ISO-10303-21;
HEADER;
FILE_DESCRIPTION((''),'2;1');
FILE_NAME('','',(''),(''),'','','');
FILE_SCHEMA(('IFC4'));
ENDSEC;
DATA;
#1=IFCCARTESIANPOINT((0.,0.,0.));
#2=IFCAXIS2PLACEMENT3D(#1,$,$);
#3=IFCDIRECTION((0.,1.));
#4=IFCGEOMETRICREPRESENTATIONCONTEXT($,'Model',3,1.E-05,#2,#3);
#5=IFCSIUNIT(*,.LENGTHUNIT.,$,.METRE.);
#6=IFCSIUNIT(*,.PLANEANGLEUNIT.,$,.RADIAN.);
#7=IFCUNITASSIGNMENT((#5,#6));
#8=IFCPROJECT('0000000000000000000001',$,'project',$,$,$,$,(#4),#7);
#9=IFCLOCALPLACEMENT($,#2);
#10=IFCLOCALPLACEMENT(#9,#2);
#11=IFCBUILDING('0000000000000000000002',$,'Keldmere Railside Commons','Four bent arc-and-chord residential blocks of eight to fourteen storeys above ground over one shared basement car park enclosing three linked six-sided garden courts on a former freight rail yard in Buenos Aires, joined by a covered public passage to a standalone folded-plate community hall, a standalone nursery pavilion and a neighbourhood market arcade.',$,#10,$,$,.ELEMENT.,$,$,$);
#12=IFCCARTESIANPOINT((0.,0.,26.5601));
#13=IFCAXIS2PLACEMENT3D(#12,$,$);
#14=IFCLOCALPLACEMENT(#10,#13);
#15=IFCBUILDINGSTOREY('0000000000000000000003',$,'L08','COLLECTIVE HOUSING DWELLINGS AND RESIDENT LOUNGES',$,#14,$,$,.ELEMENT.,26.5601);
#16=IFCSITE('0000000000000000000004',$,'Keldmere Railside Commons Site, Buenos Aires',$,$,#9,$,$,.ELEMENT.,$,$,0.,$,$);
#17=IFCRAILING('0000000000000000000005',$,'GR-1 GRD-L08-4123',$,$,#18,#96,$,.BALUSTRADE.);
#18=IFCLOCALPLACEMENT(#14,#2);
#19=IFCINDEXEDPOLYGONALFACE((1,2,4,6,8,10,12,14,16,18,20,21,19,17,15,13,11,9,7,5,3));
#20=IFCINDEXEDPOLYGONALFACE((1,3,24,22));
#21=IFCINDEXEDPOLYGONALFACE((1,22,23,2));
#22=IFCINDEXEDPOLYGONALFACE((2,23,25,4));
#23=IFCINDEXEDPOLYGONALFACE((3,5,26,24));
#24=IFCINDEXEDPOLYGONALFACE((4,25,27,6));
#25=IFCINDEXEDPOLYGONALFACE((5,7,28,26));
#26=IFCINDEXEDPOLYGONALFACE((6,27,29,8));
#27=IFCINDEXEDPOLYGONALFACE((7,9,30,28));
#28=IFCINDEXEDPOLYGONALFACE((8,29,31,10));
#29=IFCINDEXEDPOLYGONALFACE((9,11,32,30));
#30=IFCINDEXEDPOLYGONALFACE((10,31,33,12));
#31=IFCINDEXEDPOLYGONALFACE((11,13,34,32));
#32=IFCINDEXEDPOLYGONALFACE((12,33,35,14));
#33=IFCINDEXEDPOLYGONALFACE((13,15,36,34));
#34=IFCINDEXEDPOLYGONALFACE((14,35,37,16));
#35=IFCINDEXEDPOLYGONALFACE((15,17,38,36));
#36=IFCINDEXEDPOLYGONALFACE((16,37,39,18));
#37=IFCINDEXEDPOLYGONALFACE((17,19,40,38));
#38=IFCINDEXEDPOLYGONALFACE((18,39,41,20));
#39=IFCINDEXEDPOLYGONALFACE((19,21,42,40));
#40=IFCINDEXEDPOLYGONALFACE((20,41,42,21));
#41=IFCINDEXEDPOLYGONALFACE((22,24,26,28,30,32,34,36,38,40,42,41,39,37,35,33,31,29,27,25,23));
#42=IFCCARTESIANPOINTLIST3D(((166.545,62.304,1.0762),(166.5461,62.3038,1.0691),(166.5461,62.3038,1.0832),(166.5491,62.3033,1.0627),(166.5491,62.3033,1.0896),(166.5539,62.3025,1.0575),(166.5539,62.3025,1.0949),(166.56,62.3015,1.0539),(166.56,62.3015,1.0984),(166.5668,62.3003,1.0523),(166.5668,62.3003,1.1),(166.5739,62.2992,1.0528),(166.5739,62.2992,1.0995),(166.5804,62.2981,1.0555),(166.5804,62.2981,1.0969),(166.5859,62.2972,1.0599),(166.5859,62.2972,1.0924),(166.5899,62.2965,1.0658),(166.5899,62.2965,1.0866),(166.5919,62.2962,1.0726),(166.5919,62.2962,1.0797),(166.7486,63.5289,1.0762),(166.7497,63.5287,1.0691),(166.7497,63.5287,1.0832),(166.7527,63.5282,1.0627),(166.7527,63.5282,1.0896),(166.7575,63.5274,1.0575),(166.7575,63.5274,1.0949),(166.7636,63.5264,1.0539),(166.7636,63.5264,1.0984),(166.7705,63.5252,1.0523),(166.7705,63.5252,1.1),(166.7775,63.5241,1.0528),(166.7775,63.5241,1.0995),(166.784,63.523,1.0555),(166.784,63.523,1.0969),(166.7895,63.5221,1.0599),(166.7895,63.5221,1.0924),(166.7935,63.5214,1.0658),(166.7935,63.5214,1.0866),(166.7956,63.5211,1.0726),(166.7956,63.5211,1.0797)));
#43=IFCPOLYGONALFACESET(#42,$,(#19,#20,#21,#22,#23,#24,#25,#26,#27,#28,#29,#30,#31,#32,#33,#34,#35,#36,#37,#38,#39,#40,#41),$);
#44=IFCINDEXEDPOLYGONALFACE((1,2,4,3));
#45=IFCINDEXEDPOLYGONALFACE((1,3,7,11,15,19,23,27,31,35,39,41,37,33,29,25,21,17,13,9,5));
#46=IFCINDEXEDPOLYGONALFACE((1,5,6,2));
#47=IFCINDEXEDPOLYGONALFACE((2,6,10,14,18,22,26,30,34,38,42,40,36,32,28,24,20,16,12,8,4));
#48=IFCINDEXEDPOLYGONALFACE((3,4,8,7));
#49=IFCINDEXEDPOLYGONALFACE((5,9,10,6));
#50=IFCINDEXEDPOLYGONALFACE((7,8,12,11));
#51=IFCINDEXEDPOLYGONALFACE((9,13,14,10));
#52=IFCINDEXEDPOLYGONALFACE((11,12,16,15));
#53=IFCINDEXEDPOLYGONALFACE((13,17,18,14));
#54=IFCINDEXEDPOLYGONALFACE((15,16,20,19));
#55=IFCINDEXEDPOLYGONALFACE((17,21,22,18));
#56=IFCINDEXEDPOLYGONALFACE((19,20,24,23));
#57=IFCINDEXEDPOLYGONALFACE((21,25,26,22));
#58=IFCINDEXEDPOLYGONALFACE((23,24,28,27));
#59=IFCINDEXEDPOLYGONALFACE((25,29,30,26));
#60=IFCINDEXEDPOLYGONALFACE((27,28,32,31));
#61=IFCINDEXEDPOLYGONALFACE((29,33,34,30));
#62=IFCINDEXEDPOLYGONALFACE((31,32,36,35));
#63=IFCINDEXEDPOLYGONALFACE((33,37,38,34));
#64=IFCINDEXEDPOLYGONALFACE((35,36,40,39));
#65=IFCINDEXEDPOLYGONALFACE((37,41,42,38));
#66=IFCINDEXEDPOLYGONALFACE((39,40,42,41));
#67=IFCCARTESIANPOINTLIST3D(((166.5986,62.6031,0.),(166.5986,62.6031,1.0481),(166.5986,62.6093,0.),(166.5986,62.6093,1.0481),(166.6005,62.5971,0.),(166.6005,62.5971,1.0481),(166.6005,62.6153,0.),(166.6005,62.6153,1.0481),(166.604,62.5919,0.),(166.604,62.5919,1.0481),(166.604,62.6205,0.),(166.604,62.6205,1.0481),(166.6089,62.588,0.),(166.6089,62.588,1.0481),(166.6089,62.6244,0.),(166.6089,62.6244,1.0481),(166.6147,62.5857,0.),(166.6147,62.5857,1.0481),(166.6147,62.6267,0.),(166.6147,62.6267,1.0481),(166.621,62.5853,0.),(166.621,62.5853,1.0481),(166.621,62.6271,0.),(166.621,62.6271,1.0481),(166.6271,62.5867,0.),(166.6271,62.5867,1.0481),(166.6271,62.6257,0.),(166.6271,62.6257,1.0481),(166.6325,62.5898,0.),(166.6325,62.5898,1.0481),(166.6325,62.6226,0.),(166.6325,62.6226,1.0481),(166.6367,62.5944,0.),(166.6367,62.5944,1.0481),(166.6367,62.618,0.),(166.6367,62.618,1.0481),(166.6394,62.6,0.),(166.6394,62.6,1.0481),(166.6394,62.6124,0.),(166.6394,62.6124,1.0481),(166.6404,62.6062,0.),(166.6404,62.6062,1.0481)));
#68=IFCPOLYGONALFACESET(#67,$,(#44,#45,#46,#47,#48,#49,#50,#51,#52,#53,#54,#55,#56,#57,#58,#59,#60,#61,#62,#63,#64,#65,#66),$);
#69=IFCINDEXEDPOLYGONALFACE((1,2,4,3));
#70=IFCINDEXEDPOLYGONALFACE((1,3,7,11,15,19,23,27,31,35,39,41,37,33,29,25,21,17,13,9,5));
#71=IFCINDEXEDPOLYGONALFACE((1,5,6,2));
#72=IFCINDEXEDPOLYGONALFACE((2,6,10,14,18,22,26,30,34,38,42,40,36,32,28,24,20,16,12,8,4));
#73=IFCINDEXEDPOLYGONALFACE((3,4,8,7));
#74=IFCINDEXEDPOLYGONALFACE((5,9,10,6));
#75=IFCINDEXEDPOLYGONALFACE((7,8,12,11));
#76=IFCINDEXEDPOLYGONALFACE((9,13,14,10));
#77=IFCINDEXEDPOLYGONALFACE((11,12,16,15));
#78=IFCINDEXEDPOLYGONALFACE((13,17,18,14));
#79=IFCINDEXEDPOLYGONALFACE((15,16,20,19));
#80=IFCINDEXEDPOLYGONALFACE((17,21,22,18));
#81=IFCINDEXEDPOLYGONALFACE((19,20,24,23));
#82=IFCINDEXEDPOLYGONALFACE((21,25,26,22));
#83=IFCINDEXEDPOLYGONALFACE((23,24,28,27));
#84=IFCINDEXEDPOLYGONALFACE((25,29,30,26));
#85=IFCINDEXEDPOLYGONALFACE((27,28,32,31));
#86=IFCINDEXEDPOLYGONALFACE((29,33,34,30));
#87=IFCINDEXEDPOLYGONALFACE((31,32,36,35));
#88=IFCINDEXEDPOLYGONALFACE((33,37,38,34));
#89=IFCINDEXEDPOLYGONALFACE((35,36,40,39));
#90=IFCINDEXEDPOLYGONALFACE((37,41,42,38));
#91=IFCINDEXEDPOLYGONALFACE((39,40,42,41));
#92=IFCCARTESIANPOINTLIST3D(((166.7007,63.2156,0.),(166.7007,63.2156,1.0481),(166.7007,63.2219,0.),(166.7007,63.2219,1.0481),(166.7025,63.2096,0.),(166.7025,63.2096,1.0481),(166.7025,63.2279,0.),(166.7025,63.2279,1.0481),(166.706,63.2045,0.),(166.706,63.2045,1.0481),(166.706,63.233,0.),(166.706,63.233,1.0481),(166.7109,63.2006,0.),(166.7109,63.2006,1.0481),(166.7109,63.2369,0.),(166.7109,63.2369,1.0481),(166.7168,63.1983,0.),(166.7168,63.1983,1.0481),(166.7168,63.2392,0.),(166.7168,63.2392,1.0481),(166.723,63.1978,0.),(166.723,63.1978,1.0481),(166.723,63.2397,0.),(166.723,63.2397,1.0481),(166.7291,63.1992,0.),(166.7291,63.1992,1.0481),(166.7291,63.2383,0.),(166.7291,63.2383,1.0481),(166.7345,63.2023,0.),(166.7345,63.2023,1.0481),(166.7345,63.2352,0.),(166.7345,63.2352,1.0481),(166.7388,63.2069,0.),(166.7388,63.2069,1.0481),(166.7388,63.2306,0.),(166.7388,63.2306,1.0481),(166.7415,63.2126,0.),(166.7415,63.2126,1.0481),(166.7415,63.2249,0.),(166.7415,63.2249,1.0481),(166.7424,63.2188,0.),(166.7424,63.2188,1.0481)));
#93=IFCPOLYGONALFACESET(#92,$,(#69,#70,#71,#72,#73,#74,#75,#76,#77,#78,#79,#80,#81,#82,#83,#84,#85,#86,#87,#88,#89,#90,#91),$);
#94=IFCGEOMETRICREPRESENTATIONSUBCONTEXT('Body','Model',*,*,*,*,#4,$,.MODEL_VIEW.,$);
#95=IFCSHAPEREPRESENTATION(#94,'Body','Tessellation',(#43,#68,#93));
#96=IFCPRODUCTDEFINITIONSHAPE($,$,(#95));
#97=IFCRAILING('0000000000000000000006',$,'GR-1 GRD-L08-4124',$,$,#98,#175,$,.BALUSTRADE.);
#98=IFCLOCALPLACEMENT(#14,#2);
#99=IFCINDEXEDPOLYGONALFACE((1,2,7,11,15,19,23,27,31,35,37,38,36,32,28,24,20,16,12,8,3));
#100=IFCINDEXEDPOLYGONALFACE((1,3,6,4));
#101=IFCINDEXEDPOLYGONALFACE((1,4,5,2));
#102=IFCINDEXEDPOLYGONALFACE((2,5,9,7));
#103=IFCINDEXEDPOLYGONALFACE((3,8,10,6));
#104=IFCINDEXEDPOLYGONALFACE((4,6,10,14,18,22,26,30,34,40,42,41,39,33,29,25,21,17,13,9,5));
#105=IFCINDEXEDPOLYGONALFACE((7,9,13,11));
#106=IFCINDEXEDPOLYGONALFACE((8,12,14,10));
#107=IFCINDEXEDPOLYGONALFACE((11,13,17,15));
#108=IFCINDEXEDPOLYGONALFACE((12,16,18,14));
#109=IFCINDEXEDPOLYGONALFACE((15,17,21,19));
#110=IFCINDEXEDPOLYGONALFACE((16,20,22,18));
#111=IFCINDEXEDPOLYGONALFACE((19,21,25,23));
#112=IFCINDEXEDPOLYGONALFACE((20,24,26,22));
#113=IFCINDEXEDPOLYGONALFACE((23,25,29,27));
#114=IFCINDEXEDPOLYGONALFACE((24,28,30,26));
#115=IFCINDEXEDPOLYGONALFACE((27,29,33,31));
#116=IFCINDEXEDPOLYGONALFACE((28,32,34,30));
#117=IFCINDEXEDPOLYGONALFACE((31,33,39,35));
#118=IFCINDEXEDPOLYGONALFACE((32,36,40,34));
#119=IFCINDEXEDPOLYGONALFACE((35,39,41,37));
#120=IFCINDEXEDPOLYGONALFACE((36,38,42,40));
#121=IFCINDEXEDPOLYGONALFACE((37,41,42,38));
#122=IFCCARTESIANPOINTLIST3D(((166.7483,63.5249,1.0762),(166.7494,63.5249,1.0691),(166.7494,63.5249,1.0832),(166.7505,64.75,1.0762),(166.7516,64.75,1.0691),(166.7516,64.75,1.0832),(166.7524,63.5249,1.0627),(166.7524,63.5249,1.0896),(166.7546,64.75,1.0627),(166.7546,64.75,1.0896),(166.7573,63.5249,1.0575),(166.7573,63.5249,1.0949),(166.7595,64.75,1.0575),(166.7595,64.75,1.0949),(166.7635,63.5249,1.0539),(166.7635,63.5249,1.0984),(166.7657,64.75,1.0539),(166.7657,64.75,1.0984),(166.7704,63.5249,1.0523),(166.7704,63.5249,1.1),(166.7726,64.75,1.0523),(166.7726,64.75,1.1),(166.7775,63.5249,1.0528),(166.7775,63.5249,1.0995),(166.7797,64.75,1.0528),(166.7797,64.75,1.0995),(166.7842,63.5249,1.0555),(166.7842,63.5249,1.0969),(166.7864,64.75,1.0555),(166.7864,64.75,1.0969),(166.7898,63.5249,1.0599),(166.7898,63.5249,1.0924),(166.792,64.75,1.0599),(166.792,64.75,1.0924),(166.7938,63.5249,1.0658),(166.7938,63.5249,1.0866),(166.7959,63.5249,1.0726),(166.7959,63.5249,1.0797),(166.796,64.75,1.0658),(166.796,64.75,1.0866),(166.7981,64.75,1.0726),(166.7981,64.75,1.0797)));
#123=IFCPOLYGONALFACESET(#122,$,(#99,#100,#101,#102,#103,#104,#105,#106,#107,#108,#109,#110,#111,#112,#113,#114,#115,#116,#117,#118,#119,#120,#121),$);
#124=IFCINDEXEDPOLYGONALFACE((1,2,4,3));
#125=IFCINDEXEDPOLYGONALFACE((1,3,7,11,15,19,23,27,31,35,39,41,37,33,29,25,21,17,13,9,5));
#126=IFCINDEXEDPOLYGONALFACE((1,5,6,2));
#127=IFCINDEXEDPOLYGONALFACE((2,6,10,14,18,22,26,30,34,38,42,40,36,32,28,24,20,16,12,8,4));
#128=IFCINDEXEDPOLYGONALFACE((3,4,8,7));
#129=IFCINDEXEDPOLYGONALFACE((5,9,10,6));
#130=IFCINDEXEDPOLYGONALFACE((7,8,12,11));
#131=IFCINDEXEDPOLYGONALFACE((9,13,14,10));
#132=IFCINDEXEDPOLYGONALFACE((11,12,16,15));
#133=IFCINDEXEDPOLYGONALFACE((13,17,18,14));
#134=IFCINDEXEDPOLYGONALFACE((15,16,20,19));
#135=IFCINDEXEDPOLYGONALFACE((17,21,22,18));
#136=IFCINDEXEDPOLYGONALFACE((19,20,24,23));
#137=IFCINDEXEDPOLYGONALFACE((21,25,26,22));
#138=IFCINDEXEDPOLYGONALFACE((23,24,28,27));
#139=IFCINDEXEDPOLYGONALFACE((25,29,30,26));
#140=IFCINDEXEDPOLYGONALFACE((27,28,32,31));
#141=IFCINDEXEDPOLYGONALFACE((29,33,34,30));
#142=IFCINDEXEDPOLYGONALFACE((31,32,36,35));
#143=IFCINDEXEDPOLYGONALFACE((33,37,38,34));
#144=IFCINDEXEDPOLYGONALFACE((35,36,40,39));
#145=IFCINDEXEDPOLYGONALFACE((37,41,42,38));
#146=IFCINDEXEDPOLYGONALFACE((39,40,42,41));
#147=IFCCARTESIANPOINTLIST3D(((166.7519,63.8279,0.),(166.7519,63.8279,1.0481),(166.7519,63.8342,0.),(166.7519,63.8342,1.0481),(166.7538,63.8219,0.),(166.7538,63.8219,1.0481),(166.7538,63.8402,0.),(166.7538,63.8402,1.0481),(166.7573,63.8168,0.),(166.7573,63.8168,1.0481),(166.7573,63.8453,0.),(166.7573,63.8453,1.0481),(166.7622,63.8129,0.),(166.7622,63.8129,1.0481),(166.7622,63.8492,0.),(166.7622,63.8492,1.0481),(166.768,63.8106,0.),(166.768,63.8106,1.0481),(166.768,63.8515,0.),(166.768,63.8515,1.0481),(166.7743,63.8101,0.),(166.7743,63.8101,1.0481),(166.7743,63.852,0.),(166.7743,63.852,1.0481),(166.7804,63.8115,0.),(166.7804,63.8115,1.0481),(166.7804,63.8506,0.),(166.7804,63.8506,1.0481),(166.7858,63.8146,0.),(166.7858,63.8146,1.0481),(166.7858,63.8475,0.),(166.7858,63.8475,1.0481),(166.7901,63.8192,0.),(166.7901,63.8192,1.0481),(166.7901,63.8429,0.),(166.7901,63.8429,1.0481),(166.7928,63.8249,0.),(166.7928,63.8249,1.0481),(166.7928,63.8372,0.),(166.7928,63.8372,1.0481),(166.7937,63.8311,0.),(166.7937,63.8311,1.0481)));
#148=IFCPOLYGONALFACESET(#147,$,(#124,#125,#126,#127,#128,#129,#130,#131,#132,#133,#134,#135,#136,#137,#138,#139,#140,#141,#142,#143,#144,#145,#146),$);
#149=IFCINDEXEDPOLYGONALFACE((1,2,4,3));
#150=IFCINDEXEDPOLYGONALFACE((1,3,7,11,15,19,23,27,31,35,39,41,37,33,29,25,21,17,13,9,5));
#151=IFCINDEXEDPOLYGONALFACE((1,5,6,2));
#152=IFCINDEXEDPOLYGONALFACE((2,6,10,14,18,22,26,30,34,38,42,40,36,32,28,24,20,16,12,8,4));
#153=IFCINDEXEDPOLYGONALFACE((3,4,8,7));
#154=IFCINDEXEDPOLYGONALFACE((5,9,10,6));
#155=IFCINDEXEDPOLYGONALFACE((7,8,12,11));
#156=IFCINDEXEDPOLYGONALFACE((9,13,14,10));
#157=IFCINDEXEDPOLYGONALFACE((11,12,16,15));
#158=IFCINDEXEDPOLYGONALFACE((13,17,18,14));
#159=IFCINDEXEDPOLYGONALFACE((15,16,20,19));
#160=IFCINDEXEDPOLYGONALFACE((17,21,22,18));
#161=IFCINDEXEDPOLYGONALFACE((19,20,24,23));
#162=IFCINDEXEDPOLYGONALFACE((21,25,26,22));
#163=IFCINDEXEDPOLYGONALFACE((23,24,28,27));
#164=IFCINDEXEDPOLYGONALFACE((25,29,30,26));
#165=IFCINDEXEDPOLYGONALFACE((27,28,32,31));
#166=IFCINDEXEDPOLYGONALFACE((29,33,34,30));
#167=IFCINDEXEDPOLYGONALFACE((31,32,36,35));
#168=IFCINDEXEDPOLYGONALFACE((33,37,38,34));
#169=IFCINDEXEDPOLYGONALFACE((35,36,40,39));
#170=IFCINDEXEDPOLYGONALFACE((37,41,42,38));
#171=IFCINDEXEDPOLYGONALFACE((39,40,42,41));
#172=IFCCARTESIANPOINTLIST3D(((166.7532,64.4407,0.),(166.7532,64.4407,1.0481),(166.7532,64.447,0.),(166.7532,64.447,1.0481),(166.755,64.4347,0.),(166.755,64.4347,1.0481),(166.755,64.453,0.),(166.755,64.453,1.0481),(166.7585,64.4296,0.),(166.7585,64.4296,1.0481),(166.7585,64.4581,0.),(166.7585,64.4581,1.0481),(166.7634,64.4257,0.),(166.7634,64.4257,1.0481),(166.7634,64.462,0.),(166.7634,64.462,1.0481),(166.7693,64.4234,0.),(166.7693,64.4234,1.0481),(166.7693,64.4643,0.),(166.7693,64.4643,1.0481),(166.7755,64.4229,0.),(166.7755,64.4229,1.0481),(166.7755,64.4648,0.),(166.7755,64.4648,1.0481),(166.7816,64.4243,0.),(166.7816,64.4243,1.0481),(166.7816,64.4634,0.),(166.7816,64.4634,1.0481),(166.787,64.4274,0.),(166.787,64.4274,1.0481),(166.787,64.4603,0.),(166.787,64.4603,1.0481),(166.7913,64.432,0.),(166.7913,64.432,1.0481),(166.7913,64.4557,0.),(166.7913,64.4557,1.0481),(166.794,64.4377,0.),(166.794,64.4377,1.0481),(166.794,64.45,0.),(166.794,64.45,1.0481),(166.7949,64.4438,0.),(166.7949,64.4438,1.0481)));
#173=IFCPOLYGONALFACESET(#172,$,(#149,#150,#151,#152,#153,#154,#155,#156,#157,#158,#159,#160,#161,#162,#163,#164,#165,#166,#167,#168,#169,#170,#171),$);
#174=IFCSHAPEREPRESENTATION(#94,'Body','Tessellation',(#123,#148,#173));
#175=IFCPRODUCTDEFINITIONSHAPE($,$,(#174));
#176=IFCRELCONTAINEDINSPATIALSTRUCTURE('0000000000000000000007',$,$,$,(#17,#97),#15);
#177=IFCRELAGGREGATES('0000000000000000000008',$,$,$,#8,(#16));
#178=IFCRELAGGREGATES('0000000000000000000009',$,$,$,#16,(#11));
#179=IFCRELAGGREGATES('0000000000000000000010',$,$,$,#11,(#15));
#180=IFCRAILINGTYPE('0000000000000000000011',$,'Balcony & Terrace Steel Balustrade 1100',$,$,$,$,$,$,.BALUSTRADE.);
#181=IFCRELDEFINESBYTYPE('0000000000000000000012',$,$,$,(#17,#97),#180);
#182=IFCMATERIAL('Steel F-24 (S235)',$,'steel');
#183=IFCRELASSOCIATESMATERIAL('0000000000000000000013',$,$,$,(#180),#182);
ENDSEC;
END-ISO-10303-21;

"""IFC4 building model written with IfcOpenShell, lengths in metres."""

from ifc_helpers import new_model, si_unit, direction, frame, origin, origin_2d, place, context, subcontext, project, spatial, circle, extrude, material, type_object, element, save


model = new_model("IFC4")

# Units and contexts
model_context = context("Model", 3, precision=1e-05, world=origin(), true_north=direction((0.0, 1.0)))
body_context = subcontext(model_context, "Body", "Model", "MODEL_VIEW")
ifc_project = project(units=[si_unit("LENGTHUNIT", "METRE"), si_unit("PLANEANGLEUNIT", "RADIAN")], contexts=[model_context])

# Site, building, storey
site_placement = place(None, origin())
site = spatial("IfcSite", under=ifc_project, at=site_placement, Name="Keldmere Railside Commons Site, Buenos Aires", CompositionType="ELEMENT", RefElevation=0.0)
building_placement = place(site_placement, origin())
building = spatial("IfcBuilding", under=site, at=building_placement, Name="Keldmere Railside Commons", Description="Four bent arc-and-chord residential blocks of eight to fourteen storeys above ground over one shared basement car park enclosing three linked six-sided garden courts on a former freight rail yard in Buenos Aires, joined by a covered public passage to a standalone folded-plate community hall, a standalone nursery pavilion and a neighbourhood market arcade.", CompositionType="ELEMENT")
storey_placement = place(building_placement, frame((0.0, 0.0, 26.5601)))
storey = spatial("IfcBuildingStorey", under=building, at=storey_placement, Name="L08", Description="COLLECTIVE HOUSING DWELLINGS AND RESIDENT LOUNGES", CompositionType="ELEMENT", Elevation=26.5601)

# Railings
ifc_material_1 = material(Name="Steel F-24 (S235)", Category="steel")
railing_type = type_object("IfcRailingType", Name="Balcony & Terrace Steel Balustrade 1100", PredefinedType="BALUSTRADE", material=ifc_material_1)
railing_1_placement = place(storey_placement, frame((166.5686, 62.3, 0.0)))
element("IfcRailing", 1, at=railing_1_placement, inside=storey, type_object=railing_type, Name="GR-1 GRD-L08-4123", PredefinedType="BALUSTRADE", context=body_context, shape_type="SweptSolid", body=[
    extrude(circle(Radius=0.0239, at=origin_2d()), frame((0.0, 0.0, 1.0762), z_axis=(0.163984, 0.986463, 0.0), x_axis=(-0.986463, 0.163984, 0.0)), (0.0, 0.0, 1.0), 1.2417),
    extrude(circle(Radius=0.021, at=origin_2d()), frame((0.0508, 0.3062, 0.0)), (0.0, 0.0, 1.0), 1.0481),
    extrude(circle(Radius=0.021, at=origin_2d()), frame((0.1528, 0.9187, 0.0)), (0.0, 0.0, 1.0), 1.0481),
])
railing_2_placement = place(storey_placement, frame((166.7722, 63.5249, 0.0)))
element("IfcRailing", 2, at=railing_2_placement, inside=storey, type_object=railing_type, Name="GR-1 GRD-L08-4124", PredefinedType="BALUSTRADE", context=body_context, shape_type="SweptSolid", body=[
    extrude(circle(Radius=0.0239, at=origin_2d()), frame((0.0, 0.0, 1.0762), z_axis=(0.001794, 0.999998, 0.0), x_axis=(-0.999998, 0.001794, 0.0)), (0.0, 0.0, 1.0), 1.2251),
    extrude(circle(Radius=0.021, at=origin_2d()), frame((0.0005, 0.3062, 0.0)), (0.0, 0.0, 1.0), 1.0481),
    extrude(circle(Radius=0.021, at=origin_2d()), frame((0.0017, 0.9189, 0.0)), (0.0, 0.0, 1.0), 1.0481),
])

save(model, "model.ifc")
